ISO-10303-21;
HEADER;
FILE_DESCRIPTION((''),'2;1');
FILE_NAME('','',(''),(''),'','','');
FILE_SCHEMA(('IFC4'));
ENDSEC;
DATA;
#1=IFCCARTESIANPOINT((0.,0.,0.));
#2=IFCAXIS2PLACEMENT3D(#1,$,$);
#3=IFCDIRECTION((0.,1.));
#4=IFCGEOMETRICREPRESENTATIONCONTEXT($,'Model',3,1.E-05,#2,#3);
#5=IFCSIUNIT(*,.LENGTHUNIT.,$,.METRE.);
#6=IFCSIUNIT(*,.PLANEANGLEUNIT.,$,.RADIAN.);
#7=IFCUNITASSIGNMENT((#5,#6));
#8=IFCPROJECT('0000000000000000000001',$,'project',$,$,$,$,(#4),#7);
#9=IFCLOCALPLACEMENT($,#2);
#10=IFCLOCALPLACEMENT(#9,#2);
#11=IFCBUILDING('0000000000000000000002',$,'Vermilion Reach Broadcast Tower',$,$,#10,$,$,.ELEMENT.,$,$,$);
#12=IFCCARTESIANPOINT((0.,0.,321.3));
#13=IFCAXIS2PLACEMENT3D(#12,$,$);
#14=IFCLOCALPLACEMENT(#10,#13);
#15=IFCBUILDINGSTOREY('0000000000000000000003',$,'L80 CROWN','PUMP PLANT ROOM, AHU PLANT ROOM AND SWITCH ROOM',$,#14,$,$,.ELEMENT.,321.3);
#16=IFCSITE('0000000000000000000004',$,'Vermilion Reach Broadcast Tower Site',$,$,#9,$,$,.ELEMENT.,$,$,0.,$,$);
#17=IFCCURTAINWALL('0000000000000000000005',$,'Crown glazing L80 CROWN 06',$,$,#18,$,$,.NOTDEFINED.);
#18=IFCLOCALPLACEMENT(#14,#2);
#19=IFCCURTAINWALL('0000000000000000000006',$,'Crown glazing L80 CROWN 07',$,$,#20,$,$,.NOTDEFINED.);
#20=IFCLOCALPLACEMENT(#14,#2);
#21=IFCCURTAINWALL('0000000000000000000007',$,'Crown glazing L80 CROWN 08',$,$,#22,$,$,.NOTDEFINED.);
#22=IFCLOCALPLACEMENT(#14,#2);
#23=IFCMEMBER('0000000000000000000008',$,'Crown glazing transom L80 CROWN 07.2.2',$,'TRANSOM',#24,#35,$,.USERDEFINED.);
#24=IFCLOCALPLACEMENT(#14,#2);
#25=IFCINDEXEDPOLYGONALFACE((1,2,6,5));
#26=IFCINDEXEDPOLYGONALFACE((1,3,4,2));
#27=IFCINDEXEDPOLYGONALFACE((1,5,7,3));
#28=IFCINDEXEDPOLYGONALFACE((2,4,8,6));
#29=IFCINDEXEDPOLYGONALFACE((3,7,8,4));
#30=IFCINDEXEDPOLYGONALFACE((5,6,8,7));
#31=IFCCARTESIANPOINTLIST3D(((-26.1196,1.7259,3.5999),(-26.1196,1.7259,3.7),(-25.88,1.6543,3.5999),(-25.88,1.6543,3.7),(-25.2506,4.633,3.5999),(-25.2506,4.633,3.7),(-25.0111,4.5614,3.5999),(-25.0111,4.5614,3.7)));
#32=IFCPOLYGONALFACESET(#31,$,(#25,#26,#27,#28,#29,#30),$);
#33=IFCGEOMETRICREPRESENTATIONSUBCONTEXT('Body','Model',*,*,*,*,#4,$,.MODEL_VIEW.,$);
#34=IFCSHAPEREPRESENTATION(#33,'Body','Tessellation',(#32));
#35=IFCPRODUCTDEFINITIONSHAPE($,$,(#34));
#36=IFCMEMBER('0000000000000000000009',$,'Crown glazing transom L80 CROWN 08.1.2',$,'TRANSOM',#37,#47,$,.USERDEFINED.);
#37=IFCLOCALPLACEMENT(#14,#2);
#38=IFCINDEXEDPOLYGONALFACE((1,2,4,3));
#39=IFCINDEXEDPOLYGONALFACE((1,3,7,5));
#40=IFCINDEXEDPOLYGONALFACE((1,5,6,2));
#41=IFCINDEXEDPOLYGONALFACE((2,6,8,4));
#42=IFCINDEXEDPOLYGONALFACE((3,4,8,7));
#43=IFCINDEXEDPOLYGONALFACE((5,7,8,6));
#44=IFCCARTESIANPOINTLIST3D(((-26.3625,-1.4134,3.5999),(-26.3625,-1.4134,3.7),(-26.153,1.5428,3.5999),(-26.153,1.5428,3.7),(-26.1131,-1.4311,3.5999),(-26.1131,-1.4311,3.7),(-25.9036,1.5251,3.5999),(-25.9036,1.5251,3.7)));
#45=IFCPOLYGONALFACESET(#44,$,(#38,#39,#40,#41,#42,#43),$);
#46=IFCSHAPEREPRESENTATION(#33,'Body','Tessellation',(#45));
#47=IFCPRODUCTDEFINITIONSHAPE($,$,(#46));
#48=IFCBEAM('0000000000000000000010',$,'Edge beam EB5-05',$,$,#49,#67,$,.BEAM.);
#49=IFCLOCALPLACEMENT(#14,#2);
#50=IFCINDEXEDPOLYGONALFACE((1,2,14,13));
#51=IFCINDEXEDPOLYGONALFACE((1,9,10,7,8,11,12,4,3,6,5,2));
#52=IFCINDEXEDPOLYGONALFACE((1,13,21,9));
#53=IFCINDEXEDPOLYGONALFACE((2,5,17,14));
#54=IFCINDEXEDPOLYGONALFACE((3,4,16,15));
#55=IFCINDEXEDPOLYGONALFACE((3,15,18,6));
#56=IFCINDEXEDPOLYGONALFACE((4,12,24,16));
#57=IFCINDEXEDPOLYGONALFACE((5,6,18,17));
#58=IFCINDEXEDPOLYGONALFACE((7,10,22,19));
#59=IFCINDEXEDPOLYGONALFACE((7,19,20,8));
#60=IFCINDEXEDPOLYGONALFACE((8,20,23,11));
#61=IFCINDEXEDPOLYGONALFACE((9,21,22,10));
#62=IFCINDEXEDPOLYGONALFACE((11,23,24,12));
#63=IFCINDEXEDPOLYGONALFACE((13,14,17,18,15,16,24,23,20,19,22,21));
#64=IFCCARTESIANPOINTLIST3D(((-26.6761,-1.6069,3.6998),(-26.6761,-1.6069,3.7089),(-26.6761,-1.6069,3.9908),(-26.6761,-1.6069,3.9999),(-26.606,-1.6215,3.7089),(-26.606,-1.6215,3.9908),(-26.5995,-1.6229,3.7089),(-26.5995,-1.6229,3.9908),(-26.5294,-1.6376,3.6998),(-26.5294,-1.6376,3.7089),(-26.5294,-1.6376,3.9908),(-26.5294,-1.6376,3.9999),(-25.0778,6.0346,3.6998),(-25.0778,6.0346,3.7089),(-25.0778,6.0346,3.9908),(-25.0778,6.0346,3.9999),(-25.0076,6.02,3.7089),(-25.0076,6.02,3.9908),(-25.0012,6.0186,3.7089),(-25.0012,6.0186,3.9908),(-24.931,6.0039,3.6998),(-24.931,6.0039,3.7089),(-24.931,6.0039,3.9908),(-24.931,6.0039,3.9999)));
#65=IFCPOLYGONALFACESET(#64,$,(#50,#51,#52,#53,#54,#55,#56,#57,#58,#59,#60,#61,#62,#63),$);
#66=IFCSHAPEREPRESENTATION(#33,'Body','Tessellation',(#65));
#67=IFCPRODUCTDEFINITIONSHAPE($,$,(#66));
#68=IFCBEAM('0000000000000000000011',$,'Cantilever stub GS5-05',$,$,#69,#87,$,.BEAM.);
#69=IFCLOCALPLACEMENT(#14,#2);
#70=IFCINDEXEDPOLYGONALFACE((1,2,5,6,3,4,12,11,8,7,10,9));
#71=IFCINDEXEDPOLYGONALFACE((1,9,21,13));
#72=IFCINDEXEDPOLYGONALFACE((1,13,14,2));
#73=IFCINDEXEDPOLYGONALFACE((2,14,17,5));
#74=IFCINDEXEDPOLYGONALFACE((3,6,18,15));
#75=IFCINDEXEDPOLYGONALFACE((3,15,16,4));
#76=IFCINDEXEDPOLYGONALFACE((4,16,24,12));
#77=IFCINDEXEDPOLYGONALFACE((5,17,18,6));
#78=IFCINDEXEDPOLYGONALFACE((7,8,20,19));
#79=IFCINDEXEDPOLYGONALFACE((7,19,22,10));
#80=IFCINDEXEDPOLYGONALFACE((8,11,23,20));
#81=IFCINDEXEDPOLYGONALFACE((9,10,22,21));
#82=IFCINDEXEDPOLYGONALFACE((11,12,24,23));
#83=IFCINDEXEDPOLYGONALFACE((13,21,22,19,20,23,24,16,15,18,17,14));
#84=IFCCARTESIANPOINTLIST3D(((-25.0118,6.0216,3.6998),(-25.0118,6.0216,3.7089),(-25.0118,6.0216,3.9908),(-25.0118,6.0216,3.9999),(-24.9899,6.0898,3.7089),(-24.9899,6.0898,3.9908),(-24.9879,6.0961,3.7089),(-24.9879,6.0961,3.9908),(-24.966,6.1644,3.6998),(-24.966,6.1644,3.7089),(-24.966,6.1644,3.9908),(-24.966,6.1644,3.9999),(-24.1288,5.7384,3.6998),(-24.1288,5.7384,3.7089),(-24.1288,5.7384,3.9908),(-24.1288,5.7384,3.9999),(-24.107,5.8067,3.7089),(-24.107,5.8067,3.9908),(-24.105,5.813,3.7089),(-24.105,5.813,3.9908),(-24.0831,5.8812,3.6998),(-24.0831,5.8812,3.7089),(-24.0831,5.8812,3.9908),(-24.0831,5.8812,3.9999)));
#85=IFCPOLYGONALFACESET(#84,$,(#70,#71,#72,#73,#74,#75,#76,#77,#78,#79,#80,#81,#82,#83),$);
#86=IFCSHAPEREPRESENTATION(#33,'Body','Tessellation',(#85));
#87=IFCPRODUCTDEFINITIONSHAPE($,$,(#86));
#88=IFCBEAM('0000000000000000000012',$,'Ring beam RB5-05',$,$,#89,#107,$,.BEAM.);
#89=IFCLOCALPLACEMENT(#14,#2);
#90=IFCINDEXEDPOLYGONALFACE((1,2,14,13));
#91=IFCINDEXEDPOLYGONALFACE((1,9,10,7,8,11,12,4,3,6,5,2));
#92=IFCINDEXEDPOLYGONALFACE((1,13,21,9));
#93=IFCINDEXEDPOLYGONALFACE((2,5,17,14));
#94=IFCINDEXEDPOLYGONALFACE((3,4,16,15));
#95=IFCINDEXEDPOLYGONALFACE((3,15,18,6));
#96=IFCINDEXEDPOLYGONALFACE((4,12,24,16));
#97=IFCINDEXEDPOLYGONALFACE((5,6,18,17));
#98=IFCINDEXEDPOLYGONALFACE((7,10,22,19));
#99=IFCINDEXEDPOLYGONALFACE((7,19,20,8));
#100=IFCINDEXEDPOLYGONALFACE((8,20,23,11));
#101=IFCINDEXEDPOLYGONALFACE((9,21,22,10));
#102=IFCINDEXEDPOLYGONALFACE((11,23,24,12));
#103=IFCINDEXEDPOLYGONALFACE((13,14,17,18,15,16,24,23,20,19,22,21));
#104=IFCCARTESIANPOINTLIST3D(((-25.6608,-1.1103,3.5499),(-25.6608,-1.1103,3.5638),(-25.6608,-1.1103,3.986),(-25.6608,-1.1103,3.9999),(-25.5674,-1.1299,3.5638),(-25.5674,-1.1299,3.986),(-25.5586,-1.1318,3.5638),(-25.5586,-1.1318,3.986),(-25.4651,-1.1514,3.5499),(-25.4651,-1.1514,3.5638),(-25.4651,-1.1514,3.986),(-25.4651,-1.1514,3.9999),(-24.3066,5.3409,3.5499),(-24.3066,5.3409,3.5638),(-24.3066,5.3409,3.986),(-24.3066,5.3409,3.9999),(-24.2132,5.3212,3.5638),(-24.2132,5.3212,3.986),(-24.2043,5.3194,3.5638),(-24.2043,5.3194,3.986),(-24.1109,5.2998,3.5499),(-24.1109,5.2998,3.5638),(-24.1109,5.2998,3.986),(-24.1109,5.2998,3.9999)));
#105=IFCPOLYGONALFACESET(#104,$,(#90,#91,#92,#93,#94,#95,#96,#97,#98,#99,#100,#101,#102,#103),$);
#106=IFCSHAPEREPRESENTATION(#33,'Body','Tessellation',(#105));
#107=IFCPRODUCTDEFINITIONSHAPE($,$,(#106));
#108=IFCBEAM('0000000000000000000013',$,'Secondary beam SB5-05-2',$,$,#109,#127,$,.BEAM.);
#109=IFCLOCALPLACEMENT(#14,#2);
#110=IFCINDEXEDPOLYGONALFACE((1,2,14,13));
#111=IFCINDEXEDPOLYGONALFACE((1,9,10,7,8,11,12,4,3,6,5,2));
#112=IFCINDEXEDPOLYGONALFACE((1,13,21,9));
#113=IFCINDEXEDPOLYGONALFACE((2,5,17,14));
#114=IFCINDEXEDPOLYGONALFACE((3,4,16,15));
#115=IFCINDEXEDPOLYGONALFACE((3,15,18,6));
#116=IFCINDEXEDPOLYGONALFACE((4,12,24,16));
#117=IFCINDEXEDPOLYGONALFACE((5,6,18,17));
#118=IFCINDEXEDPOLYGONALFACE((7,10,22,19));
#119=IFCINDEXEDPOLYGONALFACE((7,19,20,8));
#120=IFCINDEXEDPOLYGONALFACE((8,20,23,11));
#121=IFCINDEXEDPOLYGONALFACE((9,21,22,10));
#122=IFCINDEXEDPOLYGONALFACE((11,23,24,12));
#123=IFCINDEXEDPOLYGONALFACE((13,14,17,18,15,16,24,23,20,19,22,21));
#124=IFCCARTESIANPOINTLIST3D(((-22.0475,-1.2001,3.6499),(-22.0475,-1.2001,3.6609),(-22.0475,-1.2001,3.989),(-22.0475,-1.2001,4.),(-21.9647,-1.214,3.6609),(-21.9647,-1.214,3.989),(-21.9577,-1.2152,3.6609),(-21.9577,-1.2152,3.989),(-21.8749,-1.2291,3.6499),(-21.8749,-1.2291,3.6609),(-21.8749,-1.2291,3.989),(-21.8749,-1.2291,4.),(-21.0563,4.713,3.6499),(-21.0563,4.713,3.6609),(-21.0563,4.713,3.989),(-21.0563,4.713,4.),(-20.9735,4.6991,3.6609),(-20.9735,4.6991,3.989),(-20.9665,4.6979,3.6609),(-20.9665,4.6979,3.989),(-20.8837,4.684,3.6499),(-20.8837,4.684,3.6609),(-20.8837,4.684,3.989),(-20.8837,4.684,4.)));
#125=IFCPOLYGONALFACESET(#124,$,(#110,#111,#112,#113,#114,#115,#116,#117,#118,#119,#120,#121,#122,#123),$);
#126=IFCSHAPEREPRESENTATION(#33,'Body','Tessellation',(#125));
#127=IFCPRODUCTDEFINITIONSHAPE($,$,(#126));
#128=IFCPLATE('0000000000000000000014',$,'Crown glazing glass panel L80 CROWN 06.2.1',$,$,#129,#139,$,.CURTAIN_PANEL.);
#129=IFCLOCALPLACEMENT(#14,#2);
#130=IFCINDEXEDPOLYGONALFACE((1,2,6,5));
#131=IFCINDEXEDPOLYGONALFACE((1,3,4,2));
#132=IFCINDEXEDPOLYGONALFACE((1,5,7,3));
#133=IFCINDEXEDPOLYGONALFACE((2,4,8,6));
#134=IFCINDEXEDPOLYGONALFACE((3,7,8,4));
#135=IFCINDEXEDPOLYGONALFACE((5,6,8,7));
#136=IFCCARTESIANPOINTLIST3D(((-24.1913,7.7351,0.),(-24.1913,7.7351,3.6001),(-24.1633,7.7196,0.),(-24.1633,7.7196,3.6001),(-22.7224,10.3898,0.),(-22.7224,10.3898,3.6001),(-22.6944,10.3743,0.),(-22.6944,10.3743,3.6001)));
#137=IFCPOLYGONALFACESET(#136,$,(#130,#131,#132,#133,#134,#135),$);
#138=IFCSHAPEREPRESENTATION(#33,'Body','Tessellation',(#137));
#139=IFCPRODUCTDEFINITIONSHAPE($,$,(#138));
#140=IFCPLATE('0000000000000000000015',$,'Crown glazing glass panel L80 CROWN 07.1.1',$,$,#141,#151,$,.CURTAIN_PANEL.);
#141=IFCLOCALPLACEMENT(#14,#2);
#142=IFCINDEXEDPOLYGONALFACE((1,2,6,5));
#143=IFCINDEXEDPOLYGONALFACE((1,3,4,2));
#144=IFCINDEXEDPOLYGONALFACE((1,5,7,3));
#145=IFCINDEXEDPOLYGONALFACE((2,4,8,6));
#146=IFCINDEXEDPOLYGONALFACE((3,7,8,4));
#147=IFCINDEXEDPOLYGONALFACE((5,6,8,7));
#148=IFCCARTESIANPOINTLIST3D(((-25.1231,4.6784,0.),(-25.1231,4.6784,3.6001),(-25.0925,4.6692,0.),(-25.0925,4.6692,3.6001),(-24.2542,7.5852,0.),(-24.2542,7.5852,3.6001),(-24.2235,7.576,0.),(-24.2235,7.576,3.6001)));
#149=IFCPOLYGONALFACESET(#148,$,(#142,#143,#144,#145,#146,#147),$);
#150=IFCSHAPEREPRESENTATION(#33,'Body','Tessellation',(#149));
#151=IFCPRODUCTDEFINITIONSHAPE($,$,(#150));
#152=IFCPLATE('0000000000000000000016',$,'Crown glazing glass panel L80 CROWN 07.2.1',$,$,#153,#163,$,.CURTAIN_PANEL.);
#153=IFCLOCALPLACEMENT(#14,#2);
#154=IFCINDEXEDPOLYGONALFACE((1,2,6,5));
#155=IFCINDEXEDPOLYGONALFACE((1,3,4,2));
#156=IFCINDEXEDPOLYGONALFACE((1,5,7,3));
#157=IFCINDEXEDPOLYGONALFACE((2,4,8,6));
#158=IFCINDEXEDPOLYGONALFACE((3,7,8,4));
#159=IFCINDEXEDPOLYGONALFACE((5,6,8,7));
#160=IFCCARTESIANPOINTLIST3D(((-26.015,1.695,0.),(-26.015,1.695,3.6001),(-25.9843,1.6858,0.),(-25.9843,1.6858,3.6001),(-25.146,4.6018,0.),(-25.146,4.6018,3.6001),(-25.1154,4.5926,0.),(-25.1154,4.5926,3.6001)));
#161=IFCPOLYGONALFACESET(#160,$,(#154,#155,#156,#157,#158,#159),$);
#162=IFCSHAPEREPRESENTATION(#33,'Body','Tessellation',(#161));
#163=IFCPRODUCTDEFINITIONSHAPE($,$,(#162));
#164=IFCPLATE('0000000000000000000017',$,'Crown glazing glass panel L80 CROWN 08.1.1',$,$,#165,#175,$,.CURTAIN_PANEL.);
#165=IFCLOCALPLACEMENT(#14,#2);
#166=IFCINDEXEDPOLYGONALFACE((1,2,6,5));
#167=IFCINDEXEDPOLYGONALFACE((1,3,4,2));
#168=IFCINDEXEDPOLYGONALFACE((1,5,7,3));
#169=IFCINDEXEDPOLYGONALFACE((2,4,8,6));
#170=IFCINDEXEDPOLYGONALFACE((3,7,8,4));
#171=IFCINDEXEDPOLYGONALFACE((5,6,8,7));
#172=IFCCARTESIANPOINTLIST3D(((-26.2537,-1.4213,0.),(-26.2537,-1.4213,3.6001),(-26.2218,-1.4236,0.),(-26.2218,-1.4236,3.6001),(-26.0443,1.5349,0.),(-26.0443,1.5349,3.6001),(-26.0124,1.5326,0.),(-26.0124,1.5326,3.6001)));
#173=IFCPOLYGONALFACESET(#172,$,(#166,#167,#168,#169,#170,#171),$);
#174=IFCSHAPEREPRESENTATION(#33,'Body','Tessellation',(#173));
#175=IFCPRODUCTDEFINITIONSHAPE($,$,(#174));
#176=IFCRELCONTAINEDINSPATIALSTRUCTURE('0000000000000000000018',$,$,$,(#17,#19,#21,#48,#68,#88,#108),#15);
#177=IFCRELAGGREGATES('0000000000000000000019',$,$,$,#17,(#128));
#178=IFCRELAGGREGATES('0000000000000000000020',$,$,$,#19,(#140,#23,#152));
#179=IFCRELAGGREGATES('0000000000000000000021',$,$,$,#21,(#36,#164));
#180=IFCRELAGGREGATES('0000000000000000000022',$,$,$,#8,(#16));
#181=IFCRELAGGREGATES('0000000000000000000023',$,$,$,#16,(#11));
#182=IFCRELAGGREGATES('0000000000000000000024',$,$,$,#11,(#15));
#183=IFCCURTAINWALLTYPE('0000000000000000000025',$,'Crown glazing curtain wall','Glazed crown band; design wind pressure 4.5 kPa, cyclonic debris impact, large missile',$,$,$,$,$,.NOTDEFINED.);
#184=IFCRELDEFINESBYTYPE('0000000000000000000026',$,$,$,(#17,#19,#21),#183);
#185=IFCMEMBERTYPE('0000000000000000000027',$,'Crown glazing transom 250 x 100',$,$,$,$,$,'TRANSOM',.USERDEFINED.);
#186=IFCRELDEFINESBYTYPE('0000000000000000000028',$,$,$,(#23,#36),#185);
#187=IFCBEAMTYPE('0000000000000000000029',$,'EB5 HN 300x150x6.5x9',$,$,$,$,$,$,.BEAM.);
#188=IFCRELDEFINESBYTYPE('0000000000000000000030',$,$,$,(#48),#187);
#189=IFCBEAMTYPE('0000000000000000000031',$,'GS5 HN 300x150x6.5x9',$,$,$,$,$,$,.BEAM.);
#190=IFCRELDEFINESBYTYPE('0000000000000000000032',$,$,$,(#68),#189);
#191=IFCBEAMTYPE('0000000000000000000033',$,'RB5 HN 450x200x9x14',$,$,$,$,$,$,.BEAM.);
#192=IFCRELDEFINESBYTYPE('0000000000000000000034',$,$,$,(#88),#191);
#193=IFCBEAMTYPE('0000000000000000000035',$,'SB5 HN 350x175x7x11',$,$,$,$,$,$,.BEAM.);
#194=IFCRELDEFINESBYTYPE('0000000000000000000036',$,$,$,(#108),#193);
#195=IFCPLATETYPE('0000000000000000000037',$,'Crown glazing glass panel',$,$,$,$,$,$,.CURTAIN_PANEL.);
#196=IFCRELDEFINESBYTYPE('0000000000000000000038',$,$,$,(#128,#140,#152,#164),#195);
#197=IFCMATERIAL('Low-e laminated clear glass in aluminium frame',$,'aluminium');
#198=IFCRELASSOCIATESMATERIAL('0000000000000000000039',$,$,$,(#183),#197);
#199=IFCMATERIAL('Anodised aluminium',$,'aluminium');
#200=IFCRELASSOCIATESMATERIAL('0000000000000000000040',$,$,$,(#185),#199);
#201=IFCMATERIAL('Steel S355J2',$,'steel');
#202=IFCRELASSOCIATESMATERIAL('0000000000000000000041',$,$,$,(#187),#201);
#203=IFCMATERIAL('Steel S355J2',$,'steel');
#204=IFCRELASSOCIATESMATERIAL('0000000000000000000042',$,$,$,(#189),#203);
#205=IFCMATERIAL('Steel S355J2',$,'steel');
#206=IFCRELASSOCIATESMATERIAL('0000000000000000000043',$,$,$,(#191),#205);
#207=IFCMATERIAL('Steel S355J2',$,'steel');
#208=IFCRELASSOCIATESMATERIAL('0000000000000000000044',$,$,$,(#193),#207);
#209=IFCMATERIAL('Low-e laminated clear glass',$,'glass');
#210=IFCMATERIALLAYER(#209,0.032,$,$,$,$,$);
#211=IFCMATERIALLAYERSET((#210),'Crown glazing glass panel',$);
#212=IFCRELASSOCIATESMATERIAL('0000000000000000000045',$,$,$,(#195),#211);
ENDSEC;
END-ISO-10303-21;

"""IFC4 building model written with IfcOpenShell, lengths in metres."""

from ifc_helpers import new_model, si_unit, direction, frame, origin, origin_2d, place, context, subcontext, project, spatial, rectangle, i_section, extrude, material, layer, layer_set, material_profile, profile_set, type_object, element, aggregate, save


model = new_model("IFC4")

# Units and contexts
model_context = context("Model", 3, precision=1e-05, world=origin(), true_north=direction((0.0, 1.0)))
body_context = subcontext(model_context, "Body", "Model", "MODEL_VIEW")
ifc_project = project(units=[si_unit("LENGTHUNIT", "METRE"), si_unit("PLANEANGLEUNIT", "RADIAN")], contexts=[model_context])

# Site, building, storey
site_placement = place(None, origin())
site = spatial("IfcSite", under=ifc_project, at=site_placement, Name="Vermilion Reach Broadcast Tower Site", CompositionType="ELEMENT", RefElevation=0.0)
building_placement = place(site_placement, origin())
building = spatial("IfcBuilding", under=site, at=building_placement, Name="Vermilion Reach Broadcast Tower", CompositionType="ELEMENT")
storey_placement = place(building_placement, frame((0.0, 0.0, 321.3)))
storey = spatial("IfcBuildingStorey", under=building, at=storey_placement, Name="L80 CROWN", Description="PUMP PLANT ROOM, AHU PLANT ROOM AND SWITCH ROOM", CompositionType="ELEMENT", Elevation=321.3)

# Curtain walls
ifc_material_1 = material(Name="Low-e laminated clear glass in aluminium frame", Category="aluminium")
curtain_wall_type = type_object("IfcCurtainWallType", Name="Crown glazing curtain wall", Description="Glazed crown band; design wind pressure 4.5 kPa, cyclonic debris impact, large missile", PredefinedType="NOTDEFINED", material=ifc_material_1)
placement = place(storey_placement, origin())
curtain_wall_1 = element("IfcCurtainWall", 1, at=placement, inside=storey, type_object=curtain_wall_type, Name="Crown glazing L80 CROWN 06", PredefinedType="NOTDEFINED")
curtain_wall_2 = element("IfcCurtainWall", 2, at=placement, inside=storey, type_object=curtain_wall_type, Name="Crown glazing L80 CROWN 07", PredefinedType="NOTDEFINED")

# Curtain wall
curtain_wall_3 = element("IfcCurtainWall", 3, at=placement, inside=storey, type_object=curtain_wall_type, Name="Crown glazing L80 CROWN 08", PredefinedType="NOTDEFINED")

# Members
ifc_material_2 = material(Name="Anodised aluminium", Category="aluminium")
ifc_material_profile_1 = material_profile(ifc_material_2, rectangle(XDim=0.25, YDim=0.1001, at=origin_2d()), Name="Crown glazing transom 250 x 100")
ifc_profile_set_1 = profile_set([ifc_material_profile_1], Name="Anodised aluminium")
member_type_1 = type_object("IfcMemberType", Name="Crown glazing transom 250 x 100", ElementType="TRANSOM", PredefinedType="USERDEFINED", material=ifc_profile_set_1)
member_1_placement = place(storey_placement, frame((-25.1309, 4.5972, 3.6499), z_axis=(-0.286381, -0.958116, 0.0), x_axis=(0.958116, -0.286381, 0.0)))
member_1 = element("IfcMember", 4, at=member_1_placement, type_object=member_type_1, Name="Crown glazing transom L80 CROWN 07.2.2", ObjectType="TRANSOM", PredefinedType="USERDEFINED", context=body_context, shape_type="SweptSolid", body=[
    extrude(rectangle(XDim=0.25, YDim=0.1001, at=origin_2d()), origin(), (0.0, 0.0, 1.0), 3.0342),
])
member_2_placement = place(storey_placement, frame((-26.0283, 1.5339, 3.6499), z_axis=(-0.070679, -0.997499, 0.0), x_axis=(0.997499, -0.070679, 0.0)))
member_2 = element("IfcMember", 5, at=member_2_placement, type_object=member_type_1, Name="Crown glazing transom L80 CROWN 08.1.2", ObjectType="TRANSOM", PredefinedType="USERDEFINED", context=body_context, shape_type="SweptSolid", body=[
    extrude(rectangle(XDim=0.25, YDim=0.1001, at=origin_2d()), origin(), (0.0, 0.0, 1.0), 2.9636),
])

# Beams
ifc_material_3 = material(Name="Steel S355J2", Category="steel")
ifc_material_profile_2 = material_profile(ifc_material_3, i_section(OverallWidth=0.1499, OverallDepth=0.3, WebThickness=0.0066, FlangeThickness=0.009, at=origin_2d()), Name="S355J2 HN 300x150x6.5x9")
ifc_profile_set_2 = profile_set([ifc_material_profile_2], Name="Steel S355J2")
beam_type_1 = type_object("IfcBeamType", Name="EB5 HN 300x150x6.5x9", PredefinedType="BEAM", material=ifc_profile_set_2)
beam_1_placement = place(storey_placement, frame((-25.0044, 6.0193, 3.8499), z_axis=(-0.204738, -0.978817, 0.0), x_axis=(0.978817, -0.204738, 0.0)))
element("IfcBeam", 6, at=beam_1_placement, inside=storey, type_object=beam_type_1, Name="Edge beam EB5-05", PredefinedType="BEAM", context=body_context, shape_type="SweptSolid", body=[
    extrude(i_section(OverallWidth=0.1499, OverallDepth=0.3, WebThickness=0.0066, FlangeThickness=0.009, at=origin_2d()), origin(), (0.0, 0.0, 1.0), 7.8069),
])
ifc_material_4 = material(Name="Steel S355J2", Category="steel")
ifc_material_profile_3 = material_profile(ifc_material_4, i_section(OverallWidth=0.1499, OverallDepth=0.3, WebThickness=0.0066, FlangeThickness=0.009, at=origin_2d()), Name="S355J2 HN 300x150x6.5x9")
ifc_profile_set_3 = profile_set([ifc_material_profile_3], Name="Steel S355J2")
beam_type_2 = type_object("IfcBeamType", Name="GS5 HN 300x150x6.5x9", PredefinedType="BEAM", material=ifc_profile_set_3)
beam_2_placement = place(storey_placement, frame((-24.106, 5.8098, 3.8499), z_axis=(-0.952228, 0.305387, 0.0), x_axis=(-0.305387, -0.952228, 0.0)))
element("IfcBeam", 7, at=beam_2_placement, inside=storey, type_object=beam_type_2, Name="Cantilever stub GS5-05", PredefinedType="BEAM", context=body_context, shape_type="SweptSolid", body=[
    extrude(i_section(OverallWidth=0.1499, OverallDepth=0.3, WebThickness=0.0066, FlangeThickness=0.009, at=origin_2d()), origin(), (0.0, 0.0, 1.0), 0.9272),
])
ifc_material_5 = material(Name="Steel S355J2", Category="steel")
ifc_material_profile_4 = material_profile(ifc_material_5, i_section(OverallWidth=0.2, OverallDepth=0.45, WebThickness=0.009, FlangeThickness=0.0139, at=origin_2d()), Name="S355J2 HN 450x200x9x14")
ifc_profile_set_4 = profile_set([ifc_material_profile_4], Name="Steel S355J2")
beam_type_3 = type_object("IfcBeamType", Name="RB5 HN 450x200x9x14", PredefinedType="BEAM", material=ifc_profile_set_4)
beam_3_placement = place(storey_placement, frame((-24.2087, 5.3203, 3.7749), z_axis=(-0.205445, -0.978669, 0.0), x_axis=(0.978669, -0.205445, 0.0)))
element("IfcBeam", 8, at=beam_3_placement, inside=storey, type_object=beam_type_3, Name="Ring beam RB5-05", PredefinedType="BEAM", context=body_context, shape_type="SweptSolid", body=[
    extrude(i_section(OverallWidth=0.2, OverallDepth=0.45, WebThickness=0.009, FlangeThickness=0.0139, at=origin_2d()), origin(), (0.0, 0.0, 1.0), 6.5918),
])
ifc_material_6 = material(Name="Steel S355J2", Category="steel")
ifc_material_profile_5 = material_profile(ifc_material_6, i_section(OverallWidth=0.175, OverallDepth=0.3501, WebThickness=0.0071, FlangeThickness=0.011, at=origin_2d()), Name="S355J2 HN 350x175x7x11")
ifc_profile_set_5 = profile_set([ifc_material_profile_5], Name="Steel S355J2")
beam_type_4 = type_object("IfcBeamType", Name="SB5 HN 350x175x7x11", PredefinedType="BEAM", material=ifc_profile_set_5)
beam_4_placement = place(storey_placement, frame((-20.97, 4.6985, 3.825), z_axis=(-0.165323, -0.986239, 0.0), x_axis=(0.986239, -0.165323, 0.0)))
element("IfcBeam", 9, at=beam_4_placement, inside=storey, type_object=beam_type_4, Name="Secondary beam SB5-05-2", PredefinedType="BEAM", context=body_context, shape_type="SweptSolid", body=[
    extrude(i_section(OverallWidth=0.175, OverallDepth=0.3501, WebThickness=0.0071, FlangeThickness=0.011, at=origin_2d()), origin(), (0.0, 0.0, 1.0), 5.9956),
])

# Plates
ifc_material_7 = material(Name="Low-e laminated clear glass", Category="glass")
ifc_layer_1 = layer(ifc_material_7, 0.032)
ifc_layer_set_1 = layer_set([ifc_layer_1], Name="Crown glazing glass panel")
plate_type = type_object("IfcPlateType", Name="Crown glazing glass panel", PredefinedType="CURTAIN_PANEL", material=ifc_layer_set_1)
plate_1_placement = place(storey_placement, frame((-23.4429, 9.0547, 0.0), z_axis=(0.0, 0.0, 1.0), x_axis=(-0.484153, -0.874983, 0.0)))
plate_1 = element("IfcPlate", 10, at=plate_1_placement, type_object=plate_type, Name="Crown glazing glass panel L80 CROWN 06.2.1", PredefinedType="CURTAIN_PANEL", context=body_context, shape_type="SweptSolid", body=[
    extrude(rectangle(XDim=3.0339, YDim=0.032, at=origin_2d()), origin(), (0.0, 0.0, 1.0), 3.6001),
])
aggregate(curtain_wall_1, [plate_1])
plate_2_placement = place(storey_placement, frame((-24.6733, 6.1272, 0.0), z_axis=(0.0, 0.0, 1.0), x_axis=(-0.286407, -0.958108, 0.0)))
plate_2 = element("IfcPlate", 11, at=plate_2_placement, type_object=plate_type, Name="Crown glazing glass panel L80 CROWN 07.1.1", PredefinedType="CURTAIN_PANEL", context=body_context, shape_type="SweptSolid", body=[
    extrude(rectangle(XDim=3.0339, YDim=0.032, at=origin_2d()), origin(), (0.0, 0.0, 1.0), 3.6001),
])
plate_3_placement = place(storey_placement, frame((-25.5652, 3.1438, 0.0), z_axis=(0.0, 0.0, 1.0), x_axis=(-0.286407, -0.958108, 0.0)))
plate_3 = element("IfcPlate", 12, at=plate_3_placement, type_object=plate_type, Name="Crown glazing glass panel L80 CROWN 07.2.1", PredefinedType="CURTAIN_PANEL", context=body_context, shape_type="SweptSolid", body=[
    extrude(rectangle(XDim=3.0339, YDim=0.032, at=origin_2d()), origin(), (0.0, 0.0, 1.0), 3.6001),
])
aggregate(curtain_wall_2, [plate_2, member_1, plate_3])
plate_4_placement = place(storey_placement, frame((-26.1331, 0.0557, 0.0), z_axis=(0.0, 0.0, 1.0), x_axis=(-0.070673, -0.9975, 0.0)))
plate_4 = element("IfcPlate", 13, at=plate_4_placement, type_object=plate_type, Name="Crown glazing glass panel L80 CROWN 08.1.1", PredefinedType="CURTAIN_PANEL", context=body_context, shape_type="SweptSolid", body=[
    extrude(rectangle(XDim=2.9636, YDim=0.032, at=origin_2d()), origin(), (0.0, 0.0, 1.0), 3.6001),
])
aggregate(curtain_wall_3, [member_2, plate_4])

save(model, "model.ifc")
